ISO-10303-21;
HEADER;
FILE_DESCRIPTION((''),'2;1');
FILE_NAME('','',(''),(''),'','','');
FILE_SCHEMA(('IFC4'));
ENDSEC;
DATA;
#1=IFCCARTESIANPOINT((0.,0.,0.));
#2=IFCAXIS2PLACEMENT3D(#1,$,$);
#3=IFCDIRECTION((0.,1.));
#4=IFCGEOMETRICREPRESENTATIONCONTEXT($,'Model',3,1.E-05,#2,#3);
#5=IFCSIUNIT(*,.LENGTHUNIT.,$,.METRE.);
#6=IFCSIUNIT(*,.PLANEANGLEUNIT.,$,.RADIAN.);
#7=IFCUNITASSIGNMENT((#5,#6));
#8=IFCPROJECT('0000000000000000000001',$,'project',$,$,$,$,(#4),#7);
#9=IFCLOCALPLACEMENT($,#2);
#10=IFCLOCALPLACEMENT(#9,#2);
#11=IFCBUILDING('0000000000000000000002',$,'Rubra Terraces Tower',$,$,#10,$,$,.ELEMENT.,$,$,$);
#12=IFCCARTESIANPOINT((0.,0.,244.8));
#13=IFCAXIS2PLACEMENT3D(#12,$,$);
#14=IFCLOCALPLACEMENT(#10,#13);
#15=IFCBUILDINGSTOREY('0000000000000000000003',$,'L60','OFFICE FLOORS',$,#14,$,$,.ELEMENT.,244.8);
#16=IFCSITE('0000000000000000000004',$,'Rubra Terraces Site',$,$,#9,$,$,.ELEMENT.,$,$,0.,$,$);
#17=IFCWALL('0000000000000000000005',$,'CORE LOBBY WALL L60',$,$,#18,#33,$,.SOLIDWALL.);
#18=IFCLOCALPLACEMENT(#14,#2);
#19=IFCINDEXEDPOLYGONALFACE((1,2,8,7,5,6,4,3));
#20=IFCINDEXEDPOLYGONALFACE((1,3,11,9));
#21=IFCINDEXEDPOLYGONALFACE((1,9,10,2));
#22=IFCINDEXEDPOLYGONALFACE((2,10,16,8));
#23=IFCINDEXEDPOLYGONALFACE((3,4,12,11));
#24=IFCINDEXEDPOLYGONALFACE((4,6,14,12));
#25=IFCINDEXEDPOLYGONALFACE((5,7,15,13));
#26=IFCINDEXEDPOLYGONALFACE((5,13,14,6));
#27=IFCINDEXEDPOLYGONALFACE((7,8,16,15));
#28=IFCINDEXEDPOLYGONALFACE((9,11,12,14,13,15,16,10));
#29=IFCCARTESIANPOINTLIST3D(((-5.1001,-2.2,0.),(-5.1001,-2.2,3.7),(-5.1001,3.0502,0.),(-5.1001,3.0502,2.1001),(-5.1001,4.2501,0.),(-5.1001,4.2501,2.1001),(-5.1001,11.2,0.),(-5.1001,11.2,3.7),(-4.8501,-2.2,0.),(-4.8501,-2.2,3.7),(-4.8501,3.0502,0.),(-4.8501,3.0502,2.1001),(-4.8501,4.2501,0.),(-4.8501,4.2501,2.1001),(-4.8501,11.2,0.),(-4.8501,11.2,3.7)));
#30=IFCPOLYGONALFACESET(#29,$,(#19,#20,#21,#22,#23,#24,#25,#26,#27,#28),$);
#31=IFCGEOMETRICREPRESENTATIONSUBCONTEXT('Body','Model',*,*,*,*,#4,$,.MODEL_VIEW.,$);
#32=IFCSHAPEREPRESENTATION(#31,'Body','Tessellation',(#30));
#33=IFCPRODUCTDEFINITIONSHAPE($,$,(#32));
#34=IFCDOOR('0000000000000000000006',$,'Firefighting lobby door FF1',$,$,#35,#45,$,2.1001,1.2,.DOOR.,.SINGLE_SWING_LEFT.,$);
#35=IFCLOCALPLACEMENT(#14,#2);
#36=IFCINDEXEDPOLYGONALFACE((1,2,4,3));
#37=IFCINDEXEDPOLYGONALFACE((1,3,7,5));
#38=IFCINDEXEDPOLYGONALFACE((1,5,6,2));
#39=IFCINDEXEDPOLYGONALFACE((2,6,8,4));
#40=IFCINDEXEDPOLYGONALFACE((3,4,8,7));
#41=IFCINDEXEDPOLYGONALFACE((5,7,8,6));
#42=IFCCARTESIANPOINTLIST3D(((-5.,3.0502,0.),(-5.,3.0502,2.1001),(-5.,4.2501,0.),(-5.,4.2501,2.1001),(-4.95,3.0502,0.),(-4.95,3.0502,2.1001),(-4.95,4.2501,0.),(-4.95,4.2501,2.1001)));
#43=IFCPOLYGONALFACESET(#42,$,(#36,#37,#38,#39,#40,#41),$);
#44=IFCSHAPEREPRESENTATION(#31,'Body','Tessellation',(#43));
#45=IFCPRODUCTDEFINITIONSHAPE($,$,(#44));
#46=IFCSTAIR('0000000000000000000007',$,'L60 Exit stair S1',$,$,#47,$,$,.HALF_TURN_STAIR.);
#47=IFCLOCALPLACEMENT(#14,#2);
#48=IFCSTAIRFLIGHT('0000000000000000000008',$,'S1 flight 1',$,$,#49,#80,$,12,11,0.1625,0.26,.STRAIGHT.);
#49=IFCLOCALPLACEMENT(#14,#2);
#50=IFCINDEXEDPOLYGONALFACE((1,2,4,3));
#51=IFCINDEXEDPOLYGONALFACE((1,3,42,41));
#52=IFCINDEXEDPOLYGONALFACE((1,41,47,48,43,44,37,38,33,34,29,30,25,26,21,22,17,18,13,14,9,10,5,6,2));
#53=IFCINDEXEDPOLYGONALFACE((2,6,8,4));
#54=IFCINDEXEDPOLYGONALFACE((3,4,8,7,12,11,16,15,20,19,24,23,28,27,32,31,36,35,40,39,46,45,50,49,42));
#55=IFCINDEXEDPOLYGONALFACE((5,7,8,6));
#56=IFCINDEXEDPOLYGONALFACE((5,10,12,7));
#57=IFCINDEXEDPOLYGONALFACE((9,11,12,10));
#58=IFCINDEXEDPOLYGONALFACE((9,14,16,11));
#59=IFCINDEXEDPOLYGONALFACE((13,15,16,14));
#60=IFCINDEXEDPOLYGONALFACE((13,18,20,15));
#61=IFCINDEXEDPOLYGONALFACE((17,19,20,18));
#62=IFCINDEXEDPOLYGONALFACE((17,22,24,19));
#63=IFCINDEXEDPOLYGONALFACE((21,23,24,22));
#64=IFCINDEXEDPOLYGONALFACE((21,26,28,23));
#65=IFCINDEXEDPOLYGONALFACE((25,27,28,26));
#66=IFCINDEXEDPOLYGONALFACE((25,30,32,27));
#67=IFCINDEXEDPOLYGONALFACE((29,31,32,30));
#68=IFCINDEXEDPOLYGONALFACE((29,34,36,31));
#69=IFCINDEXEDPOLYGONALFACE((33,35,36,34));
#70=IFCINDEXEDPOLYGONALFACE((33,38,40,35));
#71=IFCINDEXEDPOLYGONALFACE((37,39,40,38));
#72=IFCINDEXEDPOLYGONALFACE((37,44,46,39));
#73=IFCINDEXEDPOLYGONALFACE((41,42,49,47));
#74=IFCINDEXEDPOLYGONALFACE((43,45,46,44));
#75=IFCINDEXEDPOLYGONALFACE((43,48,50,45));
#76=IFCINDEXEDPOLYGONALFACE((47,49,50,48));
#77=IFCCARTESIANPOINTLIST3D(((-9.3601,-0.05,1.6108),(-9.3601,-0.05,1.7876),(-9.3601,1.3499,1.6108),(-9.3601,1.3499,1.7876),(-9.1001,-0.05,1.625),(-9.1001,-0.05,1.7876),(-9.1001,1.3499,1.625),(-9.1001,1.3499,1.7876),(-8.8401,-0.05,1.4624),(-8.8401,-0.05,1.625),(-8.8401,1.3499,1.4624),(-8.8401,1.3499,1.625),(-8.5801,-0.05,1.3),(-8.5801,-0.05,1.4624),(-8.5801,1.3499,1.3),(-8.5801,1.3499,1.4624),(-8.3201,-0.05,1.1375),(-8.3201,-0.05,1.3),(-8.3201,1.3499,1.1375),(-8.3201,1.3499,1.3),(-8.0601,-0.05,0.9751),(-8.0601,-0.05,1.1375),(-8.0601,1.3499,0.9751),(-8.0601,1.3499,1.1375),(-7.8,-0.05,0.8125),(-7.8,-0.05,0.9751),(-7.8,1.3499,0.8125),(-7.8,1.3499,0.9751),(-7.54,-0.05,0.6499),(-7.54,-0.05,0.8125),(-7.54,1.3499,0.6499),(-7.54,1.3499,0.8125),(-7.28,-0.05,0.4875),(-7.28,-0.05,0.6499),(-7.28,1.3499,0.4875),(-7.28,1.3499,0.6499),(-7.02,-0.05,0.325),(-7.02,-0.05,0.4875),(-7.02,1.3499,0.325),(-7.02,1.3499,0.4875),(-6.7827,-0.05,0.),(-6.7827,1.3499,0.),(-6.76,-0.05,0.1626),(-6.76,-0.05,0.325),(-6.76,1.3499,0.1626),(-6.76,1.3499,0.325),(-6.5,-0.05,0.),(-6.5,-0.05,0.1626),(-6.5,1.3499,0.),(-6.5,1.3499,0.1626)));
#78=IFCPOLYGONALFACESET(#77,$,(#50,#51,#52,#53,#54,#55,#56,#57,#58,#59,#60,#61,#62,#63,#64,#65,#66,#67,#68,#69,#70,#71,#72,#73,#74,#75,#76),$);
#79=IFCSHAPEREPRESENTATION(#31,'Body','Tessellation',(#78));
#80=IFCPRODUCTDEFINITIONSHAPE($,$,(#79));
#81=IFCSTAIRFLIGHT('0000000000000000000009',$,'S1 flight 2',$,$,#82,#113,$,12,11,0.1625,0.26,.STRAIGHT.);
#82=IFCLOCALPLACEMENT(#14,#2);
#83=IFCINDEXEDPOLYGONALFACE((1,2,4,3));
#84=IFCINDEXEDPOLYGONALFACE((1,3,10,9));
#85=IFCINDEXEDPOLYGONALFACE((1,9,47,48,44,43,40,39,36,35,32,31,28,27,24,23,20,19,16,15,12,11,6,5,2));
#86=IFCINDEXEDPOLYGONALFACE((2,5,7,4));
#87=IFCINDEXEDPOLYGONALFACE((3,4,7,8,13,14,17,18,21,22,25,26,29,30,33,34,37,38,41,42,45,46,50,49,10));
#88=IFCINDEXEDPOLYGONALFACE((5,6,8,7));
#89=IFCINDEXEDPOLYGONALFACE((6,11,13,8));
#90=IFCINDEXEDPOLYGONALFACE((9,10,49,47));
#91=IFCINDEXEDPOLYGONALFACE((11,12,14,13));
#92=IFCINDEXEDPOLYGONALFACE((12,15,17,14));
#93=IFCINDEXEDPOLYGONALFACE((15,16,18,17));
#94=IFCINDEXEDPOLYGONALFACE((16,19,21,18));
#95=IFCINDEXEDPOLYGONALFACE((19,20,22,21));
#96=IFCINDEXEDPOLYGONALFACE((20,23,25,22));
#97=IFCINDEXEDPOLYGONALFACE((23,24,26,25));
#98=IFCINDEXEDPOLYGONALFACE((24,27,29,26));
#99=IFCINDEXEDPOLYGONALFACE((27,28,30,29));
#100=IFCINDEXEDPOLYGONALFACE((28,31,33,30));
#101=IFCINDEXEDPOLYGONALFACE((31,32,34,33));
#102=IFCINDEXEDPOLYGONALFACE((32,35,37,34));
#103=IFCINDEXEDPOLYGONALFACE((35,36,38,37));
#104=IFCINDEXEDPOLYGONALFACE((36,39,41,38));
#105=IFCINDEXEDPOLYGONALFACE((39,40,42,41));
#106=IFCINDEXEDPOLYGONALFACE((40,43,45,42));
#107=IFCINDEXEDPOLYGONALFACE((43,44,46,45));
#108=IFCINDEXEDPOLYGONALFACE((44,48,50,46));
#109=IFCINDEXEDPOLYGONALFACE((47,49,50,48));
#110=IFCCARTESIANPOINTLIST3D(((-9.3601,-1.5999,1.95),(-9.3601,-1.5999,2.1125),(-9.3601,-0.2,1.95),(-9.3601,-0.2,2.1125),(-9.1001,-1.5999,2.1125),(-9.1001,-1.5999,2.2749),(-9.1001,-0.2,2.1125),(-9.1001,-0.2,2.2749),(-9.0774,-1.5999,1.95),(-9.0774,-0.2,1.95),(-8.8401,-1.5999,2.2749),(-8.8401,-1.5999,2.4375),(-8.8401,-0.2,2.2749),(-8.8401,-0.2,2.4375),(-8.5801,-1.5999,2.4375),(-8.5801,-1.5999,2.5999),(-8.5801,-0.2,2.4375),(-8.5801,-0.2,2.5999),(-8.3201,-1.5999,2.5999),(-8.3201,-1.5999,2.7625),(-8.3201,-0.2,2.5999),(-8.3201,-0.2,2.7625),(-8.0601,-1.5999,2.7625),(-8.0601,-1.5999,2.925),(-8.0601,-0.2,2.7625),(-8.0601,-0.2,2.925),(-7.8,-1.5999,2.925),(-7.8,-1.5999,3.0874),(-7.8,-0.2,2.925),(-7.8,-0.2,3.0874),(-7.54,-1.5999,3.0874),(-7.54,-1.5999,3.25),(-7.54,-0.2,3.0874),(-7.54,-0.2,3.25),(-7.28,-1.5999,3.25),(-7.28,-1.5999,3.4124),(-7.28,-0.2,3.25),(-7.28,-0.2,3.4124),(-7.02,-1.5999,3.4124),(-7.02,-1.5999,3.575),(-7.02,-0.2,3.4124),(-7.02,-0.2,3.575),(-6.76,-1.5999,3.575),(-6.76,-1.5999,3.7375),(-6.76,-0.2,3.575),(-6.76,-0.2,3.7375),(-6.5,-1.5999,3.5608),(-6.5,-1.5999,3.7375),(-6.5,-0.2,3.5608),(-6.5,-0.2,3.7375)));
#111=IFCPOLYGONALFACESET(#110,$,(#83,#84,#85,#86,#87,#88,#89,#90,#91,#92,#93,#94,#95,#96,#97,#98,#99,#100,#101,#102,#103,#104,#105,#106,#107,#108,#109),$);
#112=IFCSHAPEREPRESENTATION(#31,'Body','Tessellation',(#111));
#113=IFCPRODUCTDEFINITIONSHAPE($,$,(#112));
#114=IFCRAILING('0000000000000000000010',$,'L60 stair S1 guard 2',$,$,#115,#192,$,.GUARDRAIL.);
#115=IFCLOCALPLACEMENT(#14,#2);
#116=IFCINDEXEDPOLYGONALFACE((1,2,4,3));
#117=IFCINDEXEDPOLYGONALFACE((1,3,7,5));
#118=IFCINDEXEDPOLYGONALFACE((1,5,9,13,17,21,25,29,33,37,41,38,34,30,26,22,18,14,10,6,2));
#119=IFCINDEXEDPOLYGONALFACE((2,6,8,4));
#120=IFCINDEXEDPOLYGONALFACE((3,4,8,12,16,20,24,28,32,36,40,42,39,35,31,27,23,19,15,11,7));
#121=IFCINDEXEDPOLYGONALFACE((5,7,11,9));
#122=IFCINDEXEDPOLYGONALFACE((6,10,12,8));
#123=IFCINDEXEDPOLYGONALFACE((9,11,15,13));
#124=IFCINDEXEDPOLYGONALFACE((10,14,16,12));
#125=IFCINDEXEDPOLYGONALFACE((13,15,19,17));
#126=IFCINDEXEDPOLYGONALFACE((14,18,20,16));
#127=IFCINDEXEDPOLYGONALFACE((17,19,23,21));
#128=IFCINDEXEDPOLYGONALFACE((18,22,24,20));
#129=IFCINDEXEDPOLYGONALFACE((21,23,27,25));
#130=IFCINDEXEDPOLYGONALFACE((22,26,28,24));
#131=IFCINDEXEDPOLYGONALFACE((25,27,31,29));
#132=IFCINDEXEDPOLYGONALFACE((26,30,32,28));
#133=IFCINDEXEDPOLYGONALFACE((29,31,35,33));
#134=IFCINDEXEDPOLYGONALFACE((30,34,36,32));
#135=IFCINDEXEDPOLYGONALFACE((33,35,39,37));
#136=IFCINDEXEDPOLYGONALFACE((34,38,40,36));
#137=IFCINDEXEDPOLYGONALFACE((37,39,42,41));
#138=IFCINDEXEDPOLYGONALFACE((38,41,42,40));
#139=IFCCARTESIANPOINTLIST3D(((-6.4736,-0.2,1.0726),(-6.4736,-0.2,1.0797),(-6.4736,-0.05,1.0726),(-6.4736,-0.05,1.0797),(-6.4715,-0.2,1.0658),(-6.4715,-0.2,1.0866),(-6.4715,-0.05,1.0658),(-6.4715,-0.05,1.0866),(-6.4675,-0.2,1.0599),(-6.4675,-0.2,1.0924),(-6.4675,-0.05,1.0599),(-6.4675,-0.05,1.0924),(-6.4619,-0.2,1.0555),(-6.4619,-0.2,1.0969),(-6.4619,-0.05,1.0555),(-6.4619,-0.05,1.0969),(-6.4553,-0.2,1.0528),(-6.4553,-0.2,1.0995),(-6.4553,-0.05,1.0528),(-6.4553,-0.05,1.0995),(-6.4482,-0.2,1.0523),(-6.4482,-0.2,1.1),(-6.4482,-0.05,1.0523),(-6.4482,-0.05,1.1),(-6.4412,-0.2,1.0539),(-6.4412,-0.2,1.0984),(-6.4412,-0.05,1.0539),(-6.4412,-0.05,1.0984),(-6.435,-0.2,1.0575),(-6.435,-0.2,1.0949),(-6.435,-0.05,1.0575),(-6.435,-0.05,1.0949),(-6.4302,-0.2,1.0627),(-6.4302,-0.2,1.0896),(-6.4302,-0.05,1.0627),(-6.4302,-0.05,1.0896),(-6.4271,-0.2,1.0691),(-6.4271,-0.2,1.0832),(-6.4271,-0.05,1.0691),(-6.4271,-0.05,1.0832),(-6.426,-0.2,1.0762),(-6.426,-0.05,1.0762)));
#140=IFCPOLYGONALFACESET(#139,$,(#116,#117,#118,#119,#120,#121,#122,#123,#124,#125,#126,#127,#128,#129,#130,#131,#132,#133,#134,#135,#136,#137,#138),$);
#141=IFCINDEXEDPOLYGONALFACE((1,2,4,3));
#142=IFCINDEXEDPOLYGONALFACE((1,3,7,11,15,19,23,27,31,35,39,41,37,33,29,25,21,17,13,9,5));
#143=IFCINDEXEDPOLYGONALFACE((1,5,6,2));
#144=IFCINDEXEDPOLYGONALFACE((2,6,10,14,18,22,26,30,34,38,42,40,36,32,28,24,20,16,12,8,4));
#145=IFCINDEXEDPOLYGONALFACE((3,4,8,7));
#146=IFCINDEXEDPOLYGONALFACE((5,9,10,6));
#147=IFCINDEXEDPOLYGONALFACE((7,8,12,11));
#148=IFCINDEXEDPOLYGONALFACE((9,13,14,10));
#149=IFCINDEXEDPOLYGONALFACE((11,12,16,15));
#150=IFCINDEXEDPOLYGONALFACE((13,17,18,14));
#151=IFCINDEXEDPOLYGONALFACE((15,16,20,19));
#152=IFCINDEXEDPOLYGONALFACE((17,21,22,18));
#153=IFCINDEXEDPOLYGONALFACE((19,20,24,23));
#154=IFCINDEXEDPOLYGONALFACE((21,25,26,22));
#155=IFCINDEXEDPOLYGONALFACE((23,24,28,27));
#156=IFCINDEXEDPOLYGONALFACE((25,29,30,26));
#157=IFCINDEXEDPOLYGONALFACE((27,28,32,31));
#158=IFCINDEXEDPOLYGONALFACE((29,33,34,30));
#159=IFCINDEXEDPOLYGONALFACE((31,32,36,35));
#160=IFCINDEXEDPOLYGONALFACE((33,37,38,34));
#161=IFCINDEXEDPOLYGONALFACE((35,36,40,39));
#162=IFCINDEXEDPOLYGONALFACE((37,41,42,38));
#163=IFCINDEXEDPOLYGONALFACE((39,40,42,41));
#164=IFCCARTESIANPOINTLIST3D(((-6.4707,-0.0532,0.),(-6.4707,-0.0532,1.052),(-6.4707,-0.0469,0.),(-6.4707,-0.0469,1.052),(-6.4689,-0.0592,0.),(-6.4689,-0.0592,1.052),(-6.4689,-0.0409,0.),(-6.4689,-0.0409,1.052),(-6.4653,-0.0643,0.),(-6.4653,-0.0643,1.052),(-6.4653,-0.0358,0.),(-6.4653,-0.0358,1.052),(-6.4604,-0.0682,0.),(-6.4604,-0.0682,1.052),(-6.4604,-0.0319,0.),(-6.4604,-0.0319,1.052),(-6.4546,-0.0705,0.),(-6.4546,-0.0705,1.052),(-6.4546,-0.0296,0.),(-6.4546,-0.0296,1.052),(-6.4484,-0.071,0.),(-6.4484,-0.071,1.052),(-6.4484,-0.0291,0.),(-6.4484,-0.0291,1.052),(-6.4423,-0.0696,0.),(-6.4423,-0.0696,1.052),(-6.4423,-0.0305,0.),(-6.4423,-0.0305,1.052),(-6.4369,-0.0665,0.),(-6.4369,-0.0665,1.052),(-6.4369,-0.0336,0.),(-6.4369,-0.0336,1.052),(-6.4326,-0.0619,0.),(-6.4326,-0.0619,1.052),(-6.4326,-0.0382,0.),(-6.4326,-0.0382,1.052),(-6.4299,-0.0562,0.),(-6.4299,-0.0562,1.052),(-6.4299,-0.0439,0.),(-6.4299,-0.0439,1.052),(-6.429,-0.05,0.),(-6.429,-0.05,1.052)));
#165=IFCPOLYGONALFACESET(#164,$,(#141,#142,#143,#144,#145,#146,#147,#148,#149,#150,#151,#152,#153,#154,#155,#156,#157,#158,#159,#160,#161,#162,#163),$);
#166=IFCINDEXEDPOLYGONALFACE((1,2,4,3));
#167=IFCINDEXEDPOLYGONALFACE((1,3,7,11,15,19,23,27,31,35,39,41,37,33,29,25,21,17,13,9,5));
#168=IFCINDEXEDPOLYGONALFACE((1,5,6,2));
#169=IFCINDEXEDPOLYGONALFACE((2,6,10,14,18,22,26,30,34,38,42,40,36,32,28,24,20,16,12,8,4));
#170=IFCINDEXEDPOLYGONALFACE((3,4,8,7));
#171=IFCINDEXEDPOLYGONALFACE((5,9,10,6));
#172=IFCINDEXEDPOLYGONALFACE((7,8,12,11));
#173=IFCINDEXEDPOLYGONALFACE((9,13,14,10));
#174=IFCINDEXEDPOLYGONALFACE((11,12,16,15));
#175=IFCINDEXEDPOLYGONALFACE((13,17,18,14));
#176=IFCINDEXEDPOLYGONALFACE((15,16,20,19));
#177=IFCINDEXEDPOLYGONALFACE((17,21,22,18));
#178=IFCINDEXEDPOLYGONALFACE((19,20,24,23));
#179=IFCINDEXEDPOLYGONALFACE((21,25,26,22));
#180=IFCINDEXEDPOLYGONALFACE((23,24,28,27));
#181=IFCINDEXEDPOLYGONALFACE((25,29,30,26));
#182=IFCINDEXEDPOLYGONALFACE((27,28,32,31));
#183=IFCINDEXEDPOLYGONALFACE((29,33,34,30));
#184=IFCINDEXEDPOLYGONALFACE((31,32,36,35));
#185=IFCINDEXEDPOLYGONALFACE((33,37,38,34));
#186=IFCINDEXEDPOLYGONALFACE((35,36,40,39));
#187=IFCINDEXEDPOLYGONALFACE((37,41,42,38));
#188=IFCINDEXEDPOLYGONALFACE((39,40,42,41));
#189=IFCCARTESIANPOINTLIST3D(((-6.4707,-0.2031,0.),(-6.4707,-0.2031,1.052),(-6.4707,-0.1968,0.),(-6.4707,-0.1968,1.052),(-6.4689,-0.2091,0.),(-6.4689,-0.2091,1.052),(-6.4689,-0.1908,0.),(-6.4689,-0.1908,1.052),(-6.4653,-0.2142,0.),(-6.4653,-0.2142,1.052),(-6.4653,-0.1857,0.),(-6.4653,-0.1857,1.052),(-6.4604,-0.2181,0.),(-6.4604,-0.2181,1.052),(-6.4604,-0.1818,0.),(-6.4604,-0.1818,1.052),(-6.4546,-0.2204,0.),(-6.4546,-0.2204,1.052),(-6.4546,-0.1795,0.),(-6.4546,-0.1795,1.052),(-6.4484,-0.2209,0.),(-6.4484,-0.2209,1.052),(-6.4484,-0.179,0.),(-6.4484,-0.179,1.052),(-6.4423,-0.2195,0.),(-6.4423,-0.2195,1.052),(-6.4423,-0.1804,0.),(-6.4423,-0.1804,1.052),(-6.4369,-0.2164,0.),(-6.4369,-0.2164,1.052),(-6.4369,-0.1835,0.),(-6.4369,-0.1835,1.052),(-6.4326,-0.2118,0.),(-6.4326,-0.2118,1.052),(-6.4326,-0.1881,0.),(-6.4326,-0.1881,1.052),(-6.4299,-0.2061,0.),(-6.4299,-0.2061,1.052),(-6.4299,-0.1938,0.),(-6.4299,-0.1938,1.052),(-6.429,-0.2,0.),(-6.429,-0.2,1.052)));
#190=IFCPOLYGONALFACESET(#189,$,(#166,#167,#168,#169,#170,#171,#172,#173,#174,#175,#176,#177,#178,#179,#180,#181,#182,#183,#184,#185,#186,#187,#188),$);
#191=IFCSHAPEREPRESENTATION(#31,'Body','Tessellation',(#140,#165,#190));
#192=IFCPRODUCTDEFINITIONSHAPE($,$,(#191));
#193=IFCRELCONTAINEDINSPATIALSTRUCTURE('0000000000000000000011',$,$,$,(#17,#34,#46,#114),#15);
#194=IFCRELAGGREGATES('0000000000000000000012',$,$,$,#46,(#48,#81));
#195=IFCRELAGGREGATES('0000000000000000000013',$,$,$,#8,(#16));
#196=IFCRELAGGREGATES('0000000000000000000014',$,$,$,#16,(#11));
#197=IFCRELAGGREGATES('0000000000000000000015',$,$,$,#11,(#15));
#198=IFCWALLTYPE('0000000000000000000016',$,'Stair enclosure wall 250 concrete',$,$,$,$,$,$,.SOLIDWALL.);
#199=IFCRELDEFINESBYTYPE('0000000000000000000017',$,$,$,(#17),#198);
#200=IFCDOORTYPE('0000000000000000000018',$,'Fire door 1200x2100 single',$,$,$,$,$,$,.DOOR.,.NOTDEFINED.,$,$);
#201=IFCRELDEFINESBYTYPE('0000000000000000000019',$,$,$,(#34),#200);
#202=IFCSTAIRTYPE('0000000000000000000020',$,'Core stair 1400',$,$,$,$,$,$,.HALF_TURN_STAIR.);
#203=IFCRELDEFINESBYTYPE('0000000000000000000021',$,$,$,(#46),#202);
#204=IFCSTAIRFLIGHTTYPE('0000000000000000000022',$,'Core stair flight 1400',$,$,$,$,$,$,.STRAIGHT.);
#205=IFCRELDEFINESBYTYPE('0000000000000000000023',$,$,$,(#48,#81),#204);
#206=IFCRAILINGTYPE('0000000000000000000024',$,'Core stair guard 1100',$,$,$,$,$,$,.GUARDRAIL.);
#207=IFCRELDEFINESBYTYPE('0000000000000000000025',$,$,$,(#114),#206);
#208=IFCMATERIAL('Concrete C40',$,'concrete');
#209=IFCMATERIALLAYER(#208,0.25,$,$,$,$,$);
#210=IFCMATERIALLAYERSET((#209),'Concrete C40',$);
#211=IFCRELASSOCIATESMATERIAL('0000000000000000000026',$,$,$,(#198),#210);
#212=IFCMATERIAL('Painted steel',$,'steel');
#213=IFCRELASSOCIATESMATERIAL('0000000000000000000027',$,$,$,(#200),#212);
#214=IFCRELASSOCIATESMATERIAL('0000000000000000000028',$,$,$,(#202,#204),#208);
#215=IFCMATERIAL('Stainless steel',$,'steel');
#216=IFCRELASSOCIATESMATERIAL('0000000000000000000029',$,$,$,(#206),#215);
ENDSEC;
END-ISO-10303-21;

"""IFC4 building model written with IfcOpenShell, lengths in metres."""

from ifc_helpers import new_model, si_unit, direction, frame, frame_2d, origin, origin_2d, place, context, subcontext, project, spatial, polyline, rectangle, circle, outline, extrude, material, layer, layer_set, type_object, element, fill, aggregate, save


model = new_model("IFC4")

# Units and contexts
model_context = context("Model", 3, precision=1e-05, world=origin(), true_north=direction((0.0, 1.0)))
body_context = subcontext(model_context, "Body", "Model", "MODEL_VIEW")
ifc_project = project(units=[si_unit("LENGTHUNIT", "METRE"), si_unit("PLANEANGLEUNIT", "RADIAN")], contexts=[model_context])

# Site, building, storey
site_placement = place(None, origin())
site = spatial("IfcSite", under=ifc_project, at=site_placement, Name="Rubra Terraces Site", CompositionType="ELEMENT", RefElevation=0.0)
building_placement = place(site_placement, origin())
building = spatial("IfcBuilding", under=site, at=building_placement, Name="Rubra Terraces Tower", CompositionType="ELEMENT")
storey_placement = place(building_placement, frame((0.0, 0.0, 244.8)))
storey = spatial("IfcBuildingStorey", under=building, at=storey_placement, Name="L60", Description="OFFICE FLOORS", CompositionType="ELEMENT", Elevation=244.8)

# Shared definitions
ifc_material_1 = material(Name="Concrete C40", Category="concrete")

# Shared definitions
ifc_material_2 = material(Name="Painted steel", Category="steel")

# Wall, opening, door
ifc_layer_1 = layer(ifc_material_1, 0.25)
ifc_layer_set_1 = layer_set([ifc_layer_1], Name="Concrete C40")
wall_type_1 = type_object("IfcWallType", Name="Stair enclosure wall 250 concrete", PredefinedType="SOLIDWALL", material=ifc_layer_set_1)
door_type_1 = type_object("IfcDoorType", Name="Fire door 1200x2100 single", OperationType="NOTDEFINED", PredefinedType="DOOR", material=ifc_material_2)
wall_1_placement = place(storey_placement, frame((-4.9751, -2.2, 0.0), z_axis=(0.0, 0.0, 1.0), x_axis=(0.0, 1.0, 0.0)))
wall_1 = element("IfcWall", 1, at=wall_1_placement, inside=storey, type_object=wall_type_1, Name="CORE LOBBY WALL L60", PredefinedType="SOLIDWALL", context=body_context, shape_type="SweptSolid", body=[
    extrude(rectangle(XDim=13.3999, YDim=0.25, at=frame_2d((6.7, 0.0))), origin(), (0.0, 0.0, 1.0), 3.7),
])
opening_1_placement = place(wall_1_placement, frame((5.25, 0.0, 0.0)))
opening_1 = element("IfcOpeningElement", 2, at=opening_1_placement, cuts=wall_1, PredefinedType="OPENING", context=body_context, shape_type="SweptSolid", body=[
    extrude(rectangle(XDim=1.2, YDim=2.1001, at=frame_2d((0.6001, 1.05))), frame((0.0, 0.135, 0.0), z_axis=(0.0, -1.0, 0.0), x_axis=(1.0, 0.0, 0.0)), (0.0, 0.0, 1.0), 0.27),
])
door_1_placement = place(opening_1_placement, origin())
door_1 = element("IfcDoor", 3, at=door_1_placement, inside=storey, type_object=door_type_1, Name="Firefighting lobby door FF1", OperationType="SINGLE_SWING_LEFT", OverallHeight=2.1001, OverallWidth=1.2, PredefinedType="DOOR", context=body_context, shape_type="SweptSolid", body=[
    extrude(rectangle(XDim=1.2, YDim=2.1001, at=frame_2d((0.6001, 1.05))), frame((0.0, 0.0249, 0.0), z_axis=(0.0, -1.0, 0.0), x_axis=(1.0, 0.0, 0.0)), (0.0, 0.0, 1.0), 0.05),
])
fill(opening_1, door_1)

# Stair, stair flights
stair_type = type_object("IfcStairType", Name="Core stair 1400", PredefinedType="HALF_TURN_STAIR", material=ifc_material_1)
stair_placement = place(storey_placement, origin())
stair = element("IfcStair", 4, at=stair_placement, inside=storey, type_object=stair_type, Name="L60 Exit stair S1", PredefinedType="HALF_TURN_STAIR")
stair_flight_type = type_object("IfcStairFlightType", Name="Core stair flight 1400", PredefinedType="STRAIGHT", material=ifc_material_1)
stair_flight_1_placement = place(storey_placement, frame((-6.5, 0.6499, 0.0), z_axis=(0.0, 0.0, 1.0), x_axis=(-1.0, 0.0, 0.0)))
stair_flight_1 = element("IfcStairFlight", 5, at=stair_flight_1_placement, type_object=stair_flight_type, Name="S1 flight 1", NumberOfRisers=12, NumberOfTreads=11, PredefinedType="STRAIGHT", RiserHeight=0.1625, TreadLength=0.26, context=body_context, shape_type="SweptSolid", body=[
    extrude(outline(polyline([(0.0, 0.0), (0.0, 0.1626), (0.26, 0.1626), (0.26, 0.325), (0.52, 0.325), (0.52, 0.4875), (0.78, 0.4875), (0.78, 0.6499), (1.04, 0.6499), (1.04, 0.8125), (1.3, 0.8125), (1.3, 0.9751), (1.5601, 0.9751), (1.5601, 1.1375), (1.8201, 1.1375), (1.8201, 1.3), (2.0801, 1.3), (2.0801, 1.4624), (2.3401, 1.4624), (2.3401, 1.625), (2.6001, 1.625), (2.6001, 1.7876), (2.8601, 1.7876), (2.8601, 1.95), (2.8601, 1.6108), (0.2827, 0.0), (0.0, 0.0)])), frame((0.0, 0.7, 0.0), z_axis=(0.0, -1.0, 0.0), x_axis=(1.0, 0.0, 0.0)), (0.0, 0.0, 1.0), 1.3999),
])
stair_flight_2_placement = place(storey_placement, frame((-9.3601, -0.8999, 1.95), z_axis=(0.0, 0.0, 1.0), x_axis=(1.0, 0.0, 0.0)))
stair_flight_2 = element("IfcStairFlight", 6, at=stair_flight_2_placement, type_object=stair_flight_type, Name="S1 flight 2", NumberOfRisers=12, NumberOfTreads=11, PredefinedType="STRAIGHT", RiserHeight=0.1625, TreadLength=0.26, context=body_context, shape_type="SweptSolid", body=[
    extrude(outline(polyline([(0.0, 0.0), (0.0, 0.1626), (0.26, 0.1626), (0.26, 0.325), (0.52, 0.325), (0.52, 0.4875), (0.78, 0.4875), (0.78, 0.6499), (1.04, 0.6499), (1.04, 0.8125), (1.3, 0.8125), (1.3, 0.9751), (1.5601, 0.9751), (1.5601, 1.1375), (1.8201, 1.1375), (1.8201, 1.3), (2.0801, 1.3), (2.0801, 1.4624), (2.3401, 1.4624), (2.3401, 1.625), (2.6001, 1.625), (2.6001, 1.7876), (2.8601, 1.7876), (2.8601, 1.95), (2.8601, 1.6108), (0.2827, 0.0), (0.0, 0.0)])), frame((0.0, 0.7, 0.0), z_axis=(0.0, -1.0, 0.0), x_axis=(1.0, 0.0, 0.0)), (0.0, 0.0, 1.0), 1.3999),
])
aggregate(stair, [stair_flight_1, stair_flight_2])

# Railing
ifc_material_3 = material(Name="Stainless steel", Category="steel")
railing_type_1 = type_object("IfcRailingType", Name="Core stair guard 1100", PredefinedType="GUARDRAIL", material=ifc_material_3)
railing_1_placement = place(storey_placement, frame((-6.45, -0.05, 0.0)))
element("IfcRailing", 7, at=railing_1_placement, inside=storey, type_object=railing_type_1, Name="L60 stair S1 guard 2", PredefinedType="GUARDRAIL", context=body_context, shape_type="SweptSolid", body=[
    extrude(circle(Radius=0.0239, at=origin_2d()), frame((0.0, 0.0, 1.0762), z_axis=(0.0, -1.0, 0.0), x_axis=(1.0, 0.0, 0.0)), (0.0, 0.0, 1.0), 0.1499),
    extrude(circle(Radius=0.021, at=origin_2d()), origin(), (0.0, 0.0, 1.0), 1.052),
    extrude(circle(Radius=0.021, at=origin_2d()), frame((0.0, -0.1499, 0.0)), (0.0, 0.0, 1.0), 1.052),
])

save(model, "model.ifc")
